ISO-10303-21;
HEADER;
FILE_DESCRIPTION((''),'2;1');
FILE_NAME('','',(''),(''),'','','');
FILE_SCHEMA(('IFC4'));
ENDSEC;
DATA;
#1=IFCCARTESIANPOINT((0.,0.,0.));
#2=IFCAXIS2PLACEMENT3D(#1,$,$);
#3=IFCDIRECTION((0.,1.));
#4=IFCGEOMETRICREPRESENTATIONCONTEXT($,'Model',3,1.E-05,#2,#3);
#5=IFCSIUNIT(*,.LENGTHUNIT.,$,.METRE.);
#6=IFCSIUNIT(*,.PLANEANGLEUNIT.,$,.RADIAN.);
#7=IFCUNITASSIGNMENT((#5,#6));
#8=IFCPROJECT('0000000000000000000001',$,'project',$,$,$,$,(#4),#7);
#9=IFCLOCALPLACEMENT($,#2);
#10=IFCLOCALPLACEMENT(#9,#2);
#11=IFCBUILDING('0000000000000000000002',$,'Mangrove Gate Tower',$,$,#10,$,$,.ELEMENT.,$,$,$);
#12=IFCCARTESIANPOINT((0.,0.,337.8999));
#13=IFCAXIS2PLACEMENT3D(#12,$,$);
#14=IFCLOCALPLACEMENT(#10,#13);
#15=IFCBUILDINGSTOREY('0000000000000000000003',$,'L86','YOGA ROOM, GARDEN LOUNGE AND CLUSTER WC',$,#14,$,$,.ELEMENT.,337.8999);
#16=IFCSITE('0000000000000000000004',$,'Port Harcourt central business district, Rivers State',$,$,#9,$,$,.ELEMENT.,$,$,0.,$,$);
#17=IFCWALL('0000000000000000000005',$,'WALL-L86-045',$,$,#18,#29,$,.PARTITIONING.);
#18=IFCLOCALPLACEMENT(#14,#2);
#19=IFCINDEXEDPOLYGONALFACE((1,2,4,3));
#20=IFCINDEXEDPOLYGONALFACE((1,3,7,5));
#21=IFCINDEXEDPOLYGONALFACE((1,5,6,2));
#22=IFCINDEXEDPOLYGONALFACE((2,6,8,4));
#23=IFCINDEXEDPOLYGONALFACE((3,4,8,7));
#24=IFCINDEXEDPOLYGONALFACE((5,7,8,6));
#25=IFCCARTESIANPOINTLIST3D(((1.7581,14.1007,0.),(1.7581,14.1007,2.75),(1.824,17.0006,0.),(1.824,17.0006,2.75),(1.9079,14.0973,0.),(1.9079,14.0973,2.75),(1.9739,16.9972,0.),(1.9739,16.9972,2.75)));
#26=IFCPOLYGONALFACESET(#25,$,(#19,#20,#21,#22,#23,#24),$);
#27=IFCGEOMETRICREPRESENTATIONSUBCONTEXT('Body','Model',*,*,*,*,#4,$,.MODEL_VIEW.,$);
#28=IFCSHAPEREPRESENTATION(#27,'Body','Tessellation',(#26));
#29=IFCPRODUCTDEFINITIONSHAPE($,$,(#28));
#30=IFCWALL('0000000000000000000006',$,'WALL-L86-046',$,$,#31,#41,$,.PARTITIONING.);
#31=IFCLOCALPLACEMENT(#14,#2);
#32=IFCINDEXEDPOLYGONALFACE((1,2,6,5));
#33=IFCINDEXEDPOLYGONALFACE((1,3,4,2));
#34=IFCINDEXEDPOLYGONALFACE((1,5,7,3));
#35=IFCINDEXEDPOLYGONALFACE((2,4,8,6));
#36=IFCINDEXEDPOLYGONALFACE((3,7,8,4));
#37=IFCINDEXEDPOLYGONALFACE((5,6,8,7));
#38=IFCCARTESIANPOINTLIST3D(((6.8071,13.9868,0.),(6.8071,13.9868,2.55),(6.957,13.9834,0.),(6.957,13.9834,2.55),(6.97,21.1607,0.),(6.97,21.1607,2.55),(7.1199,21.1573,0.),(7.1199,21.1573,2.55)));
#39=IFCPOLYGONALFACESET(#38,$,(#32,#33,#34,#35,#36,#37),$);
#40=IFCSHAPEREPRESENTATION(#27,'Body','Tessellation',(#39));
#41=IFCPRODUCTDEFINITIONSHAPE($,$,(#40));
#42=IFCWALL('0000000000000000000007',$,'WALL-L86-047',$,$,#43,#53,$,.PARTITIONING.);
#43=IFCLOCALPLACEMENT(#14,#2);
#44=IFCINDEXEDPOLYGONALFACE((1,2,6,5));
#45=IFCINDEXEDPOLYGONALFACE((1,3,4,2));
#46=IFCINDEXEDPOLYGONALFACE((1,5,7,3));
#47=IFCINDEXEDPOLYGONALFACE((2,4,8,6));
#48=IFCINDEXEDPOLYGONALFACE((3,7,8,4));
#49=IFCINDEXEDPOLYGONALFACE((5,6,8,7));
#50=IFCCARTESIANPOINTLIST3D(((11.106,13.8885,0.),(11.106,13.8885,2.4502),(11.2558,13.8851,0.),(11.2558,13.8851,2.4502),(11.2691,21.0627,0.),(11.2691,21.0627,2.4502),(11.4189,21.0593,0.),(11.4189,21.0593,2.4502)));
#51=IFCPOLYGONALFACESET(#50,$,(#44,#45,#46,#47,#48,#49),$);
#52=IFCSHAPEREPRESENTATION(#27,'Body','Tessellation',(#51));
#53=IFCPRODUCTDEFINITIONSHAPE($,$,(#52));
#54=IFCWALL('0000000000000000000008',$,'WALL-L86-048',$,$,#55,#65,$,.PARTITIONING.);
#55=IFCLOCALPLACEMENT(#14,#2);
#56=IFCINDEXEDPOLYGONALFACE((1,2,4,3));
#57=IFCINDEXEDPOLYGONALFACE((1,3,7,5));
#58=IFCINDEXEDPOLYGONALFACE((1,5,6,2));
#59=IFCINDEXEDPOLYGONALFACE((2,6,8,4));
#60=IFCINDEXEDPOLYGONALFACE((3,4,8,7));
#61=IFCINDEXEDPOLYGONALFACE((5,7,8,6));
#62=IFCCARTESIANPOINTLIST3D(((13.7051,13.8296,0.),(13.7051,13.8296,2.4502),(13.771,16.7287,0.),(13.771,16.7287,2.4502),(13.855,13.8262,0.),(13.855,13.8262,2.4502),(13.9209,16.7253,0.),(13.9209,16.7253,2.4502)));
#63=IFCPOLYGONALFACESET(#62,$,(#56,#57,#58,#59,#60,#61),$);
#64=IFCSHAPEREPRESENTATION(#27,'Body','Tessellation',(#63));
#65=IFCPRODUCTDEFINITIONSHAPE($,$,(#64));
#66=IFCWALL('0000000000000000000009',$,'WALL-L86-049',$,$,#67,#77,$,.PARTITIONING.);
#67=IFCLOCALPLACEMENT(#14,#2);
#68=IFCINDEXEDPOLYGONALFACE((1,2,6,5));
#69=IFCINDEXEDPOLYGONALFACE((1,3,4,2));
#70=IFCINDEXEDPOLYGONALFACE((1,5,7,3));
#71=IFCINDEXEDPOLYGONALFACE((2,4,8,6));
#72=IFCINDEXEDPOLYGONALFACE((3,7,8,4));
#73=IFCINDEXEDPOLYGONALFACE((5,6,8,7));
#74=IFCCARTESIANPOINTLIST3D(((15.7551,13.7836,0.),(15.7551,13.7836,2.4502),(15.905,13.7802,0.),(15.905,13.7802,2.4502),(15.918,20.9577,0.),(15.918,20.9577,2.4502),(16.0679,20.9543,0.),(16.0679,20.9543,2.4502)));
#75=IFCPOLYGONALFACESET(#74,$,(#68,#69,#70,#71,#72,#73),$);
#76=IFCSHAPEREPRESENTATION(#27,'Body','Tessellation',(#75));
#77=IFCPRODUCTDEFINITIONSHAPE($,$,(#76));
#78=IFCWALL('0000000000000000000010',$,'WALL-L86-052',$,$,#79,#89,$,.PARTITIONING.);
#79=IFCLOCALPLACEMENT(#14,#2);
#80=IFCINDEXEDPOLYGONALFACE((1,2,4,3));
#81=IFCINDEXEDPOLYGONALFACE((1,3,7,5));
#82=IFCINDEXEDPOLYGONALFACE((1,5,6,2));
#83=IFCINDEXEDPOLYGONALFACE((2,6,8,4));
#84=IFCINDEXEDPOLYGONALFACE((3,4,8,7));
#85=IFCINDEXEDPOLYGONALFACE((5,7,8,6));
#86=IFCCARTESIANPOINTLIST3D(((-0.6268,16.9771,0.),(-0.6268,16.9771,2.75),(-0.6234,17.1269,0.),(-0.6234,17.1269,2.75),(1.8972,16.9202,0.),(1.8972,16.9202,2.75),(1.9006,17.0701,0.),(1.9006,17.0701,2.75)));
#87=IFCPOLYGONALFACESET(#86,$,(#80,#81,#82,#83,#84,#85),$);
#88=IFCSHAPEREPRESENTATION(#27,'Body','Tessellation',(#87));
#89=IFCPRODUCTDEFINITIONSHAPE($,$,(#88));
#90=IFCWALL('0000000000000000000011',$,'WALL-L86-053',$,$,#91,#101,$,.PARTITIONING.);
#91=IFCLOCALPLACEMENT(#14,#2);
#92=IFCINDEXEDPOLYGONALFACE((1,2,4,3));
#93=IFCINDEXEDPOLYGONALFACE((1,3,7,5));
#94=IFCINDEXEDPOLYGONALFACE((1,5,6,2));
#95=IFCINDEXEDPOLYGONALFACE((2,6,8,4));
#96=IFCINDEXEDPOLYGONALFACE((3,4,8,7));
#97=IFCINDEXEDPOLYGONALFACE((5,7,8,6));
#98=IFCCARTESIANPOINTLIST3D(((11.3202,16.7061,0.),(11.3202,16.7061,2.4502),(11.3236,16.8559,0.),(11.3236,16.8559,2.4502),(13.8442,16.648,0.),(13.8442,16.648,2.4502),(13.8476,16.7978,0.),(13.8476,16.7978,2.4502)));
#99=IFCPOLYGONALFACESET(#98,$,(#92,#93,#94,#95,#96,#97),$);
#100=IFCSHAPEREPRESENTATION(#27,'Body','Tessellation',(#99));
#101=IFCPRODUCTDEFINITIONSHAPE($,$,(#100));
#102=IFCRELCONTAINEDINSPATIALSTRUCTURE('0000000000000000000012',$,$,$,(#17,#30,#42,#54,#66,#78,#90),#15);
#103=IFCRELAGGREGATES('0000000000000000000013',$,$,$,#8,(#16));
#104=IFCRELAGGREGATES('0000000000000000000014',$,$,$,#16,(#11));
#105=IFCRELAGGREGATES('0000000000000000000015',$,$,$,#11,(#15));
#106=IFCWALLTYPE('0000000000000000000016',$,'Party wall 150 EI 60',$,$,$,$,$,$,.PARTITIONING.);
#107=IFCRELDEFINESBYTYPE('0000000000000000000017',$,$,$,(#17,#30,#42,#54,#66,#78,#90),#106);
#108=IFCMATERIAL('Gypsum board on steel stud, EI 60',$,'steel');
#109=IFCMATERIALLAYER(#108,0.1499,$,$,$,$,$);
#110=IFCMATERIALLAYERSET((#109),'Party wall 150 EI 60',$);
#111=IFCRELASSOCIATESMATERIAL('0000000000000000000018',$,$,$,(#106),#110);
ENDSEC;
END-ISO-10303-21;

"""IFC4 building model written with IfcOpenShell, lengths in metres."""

from ifc_helpers import new_model, si_unit, direction, frame, frame_2d, origin, place, context, subcontext, project, spatial, rectangle, extrude, material, layer, layer_set, type_object, element, save


model = new_model("IFC4")

# Units and contexts
model_context = context("Model", 3, precision=1e-05, world=origin(), true_north=direction((0.0, 1.0)))
body_context = subcontext(model_context, "Body", "Model", "MODEL_VIEW")
ifc_project = project(units=[si_unit("LENGTHUNIT", "METRE"), si_unit("PLANEANGLEUNIT", "RADIAN")], contexts=[model_context])

# Site, building, storey
site_placement = place(None, origin())
site = spatial("IfcSite", under=ifc_project, at=site_placement, Name="Port Harcourt central business district, Rivers State", CompositionType="ELEMENT", RefElevation=0.0)
building_placement = place(site_placement, origin())
building = spatial("IfcBuilding", under=site, at=building_placement, Name="Mangrove Gate Tower", CompositionType="ELEMENT")
storey_placement = place(building_placement, frame((0.0, 0.0, 337.8999)))
storey = spatial("IfcBuildingStorey", under=building, at=storey_placement, Name="L86", Description="YOGA ROOM, GARDEN LOUNGE AND CLUSTER WC", CompositionType="ELEMENT", Elevation=337.8999)

# Walls
ifc_material_1 = material(Name="Gypsum board on steel stud, EI 60", Category="steel")
ifc_layer_1 = layer(ifc_material_1, 0.1499)
ifc_layer_set_1 = layer_set([ifc_layer_1], Name="Party wall 150 EI 60")
wall_type_1 = type_object("IfcWallType", Name="Party wall 150 EI 60", PredefinedType="PARTITIONING", material=ifc_layer_set_1)
wall_1_placement = place(storey_placement, frame((1.833, 14.0991, 0.0), z_axis=(0.0, 0.0, 1.0), x_axis=(0.022725, 0.999742, 0.0)))
element("IfcWall", 1, at=wall_1_placement, inside=storey, type_object=wall_type_1, Name="WALL-L86-045", PredefinedType="PARTITIONING", context=body_context, shape_type="SweptSolid", body=[
    extrude(rectangle(XDim=2.9006, YDim=0.1499, at=frame_2d((1.4502, 0.0))), origin(), (0.0, 0.0, 1.0), 2.75),
])
wall_2_placement = place(storey_placement, frame((6.8821, 13.9851, 0.0), z_axis=(0.0, 0.0, 1.0), x_axis=(0.022694, 0.999742, 0.0)))
element("IfcWall", 2, at=wall_2_placement, inside=storey, type_object=wall_type_1, Name="WALL-L86-046", PredefinedType="PARTITIONING", context=body_context, shape_type="SweptSolid", body=[
    extrude(rectangle(XDim=7.1758, YDim=0.1499, at=frame_2d((3.5879, 0.0))), origin(), (0.0, 0.0, 1.0), 2.55),
])
wall_3_placement = place(storey_placement, frame((11.1809, 13.887, 0.0), z_axis=(0.0, 0.0, 1.0), x_axis=(0.022727, 0.999742, 0.0)))
element("IfcWall", 3, at=wall_3_placement, inside=storey, type_object=wall_type_1, Name="WALL-L86-047", PredefinedType="PARTITIONING", context=body_context, shape_type="SweptSolid", body=[
    extrude(rectangle(XDim=7.176, YDim=0.1499, at=frame_2d((3.5879, 0.0))), origin(), (0.0, 0.0, 1.0), 2.4502),
])
wall_4_placement = place(storey_placement, frame((13.78, 13.8279, 0.0), z_axis=(0.0, 0.0, 1.0), x_axis=(0.022731, 0.999742, 0.0)))
element("IfcWall", 4, at=wall_4_placement, inside=storey, type_object=wall_type_1, Name="WALL-L86-048", PredefinedType="PARTITIONING", context=body_context, shape_type="SweptSolid", body=[
    extrude(rectangle(XDim=2.8999, YDim=0.1499, at=frame_2d((1.45, 0.0))), origin(), (0.0, 0.0, 1.0), 2.4502),
])
wall_5_placement = place(storey_placement, frame((15.8301, 13.782, 0.0), z_axis=(0.0, 0.0, 1.0), x_axis=(0.022693, 0.999742, 0.0)))
element("IfcWall", 5, at=wall_5_placement, inside=storey, type_object=wall_type_1, Name="WALL-L86-049", PredefinedType="PARTITIONING", context=body_context, shape_type="SweptSolid", body=[
    extrude(rectangle(XDim=7.176, YDim=0.1499, at=frame_2d((3.5879, 0.0))), origin(), (0.0, 0.0, 1.0), 2.4502),
])
wall_6_placement = place(storey_placement, frame((-0.625, 17.052, 0.0), z_axis=(0.0, 0.0, 1.0), x_axis=(0.999746, -0.022532, 0.0)))
element("IfcWall", 6, at=wall_6_placement, inside=storey, type_object=wall_type_1, Name="WALL-L86-052", PredefinedType="PARTITIONING", context=body_context, shape_type="SweptSolid", body=[
    extrude(rectangle(XDim=2.5247, YDim=0.1499, at=frame_2d((1.2622, 0.0))), origin(), (0.0, 0.0, 1.0), 2.75),
])
wall_7_placement = place(storey_placement, frame((11.322, 16.781, 0.0), z_axis=(0.0, 0.0, 1.0), x_axis=(0.999735, -0.023016, 0.0)))
element("IfcWall", 7, at=wall_7_placement, inside=storey, type_object=wall_type_1, Name="WALL-L86-053", PredefinedType="PARTITIONING", context=body_context, shape_type="SweptSolid", body=[
    extrude(rectangle(XDim=2.5247, YDim=0.1499, at=frame_2d((1.2622, 0.0))), origin(), (0.0, 0.0, 1.0), 2.4502),
])

save(model, "model.ifc")
